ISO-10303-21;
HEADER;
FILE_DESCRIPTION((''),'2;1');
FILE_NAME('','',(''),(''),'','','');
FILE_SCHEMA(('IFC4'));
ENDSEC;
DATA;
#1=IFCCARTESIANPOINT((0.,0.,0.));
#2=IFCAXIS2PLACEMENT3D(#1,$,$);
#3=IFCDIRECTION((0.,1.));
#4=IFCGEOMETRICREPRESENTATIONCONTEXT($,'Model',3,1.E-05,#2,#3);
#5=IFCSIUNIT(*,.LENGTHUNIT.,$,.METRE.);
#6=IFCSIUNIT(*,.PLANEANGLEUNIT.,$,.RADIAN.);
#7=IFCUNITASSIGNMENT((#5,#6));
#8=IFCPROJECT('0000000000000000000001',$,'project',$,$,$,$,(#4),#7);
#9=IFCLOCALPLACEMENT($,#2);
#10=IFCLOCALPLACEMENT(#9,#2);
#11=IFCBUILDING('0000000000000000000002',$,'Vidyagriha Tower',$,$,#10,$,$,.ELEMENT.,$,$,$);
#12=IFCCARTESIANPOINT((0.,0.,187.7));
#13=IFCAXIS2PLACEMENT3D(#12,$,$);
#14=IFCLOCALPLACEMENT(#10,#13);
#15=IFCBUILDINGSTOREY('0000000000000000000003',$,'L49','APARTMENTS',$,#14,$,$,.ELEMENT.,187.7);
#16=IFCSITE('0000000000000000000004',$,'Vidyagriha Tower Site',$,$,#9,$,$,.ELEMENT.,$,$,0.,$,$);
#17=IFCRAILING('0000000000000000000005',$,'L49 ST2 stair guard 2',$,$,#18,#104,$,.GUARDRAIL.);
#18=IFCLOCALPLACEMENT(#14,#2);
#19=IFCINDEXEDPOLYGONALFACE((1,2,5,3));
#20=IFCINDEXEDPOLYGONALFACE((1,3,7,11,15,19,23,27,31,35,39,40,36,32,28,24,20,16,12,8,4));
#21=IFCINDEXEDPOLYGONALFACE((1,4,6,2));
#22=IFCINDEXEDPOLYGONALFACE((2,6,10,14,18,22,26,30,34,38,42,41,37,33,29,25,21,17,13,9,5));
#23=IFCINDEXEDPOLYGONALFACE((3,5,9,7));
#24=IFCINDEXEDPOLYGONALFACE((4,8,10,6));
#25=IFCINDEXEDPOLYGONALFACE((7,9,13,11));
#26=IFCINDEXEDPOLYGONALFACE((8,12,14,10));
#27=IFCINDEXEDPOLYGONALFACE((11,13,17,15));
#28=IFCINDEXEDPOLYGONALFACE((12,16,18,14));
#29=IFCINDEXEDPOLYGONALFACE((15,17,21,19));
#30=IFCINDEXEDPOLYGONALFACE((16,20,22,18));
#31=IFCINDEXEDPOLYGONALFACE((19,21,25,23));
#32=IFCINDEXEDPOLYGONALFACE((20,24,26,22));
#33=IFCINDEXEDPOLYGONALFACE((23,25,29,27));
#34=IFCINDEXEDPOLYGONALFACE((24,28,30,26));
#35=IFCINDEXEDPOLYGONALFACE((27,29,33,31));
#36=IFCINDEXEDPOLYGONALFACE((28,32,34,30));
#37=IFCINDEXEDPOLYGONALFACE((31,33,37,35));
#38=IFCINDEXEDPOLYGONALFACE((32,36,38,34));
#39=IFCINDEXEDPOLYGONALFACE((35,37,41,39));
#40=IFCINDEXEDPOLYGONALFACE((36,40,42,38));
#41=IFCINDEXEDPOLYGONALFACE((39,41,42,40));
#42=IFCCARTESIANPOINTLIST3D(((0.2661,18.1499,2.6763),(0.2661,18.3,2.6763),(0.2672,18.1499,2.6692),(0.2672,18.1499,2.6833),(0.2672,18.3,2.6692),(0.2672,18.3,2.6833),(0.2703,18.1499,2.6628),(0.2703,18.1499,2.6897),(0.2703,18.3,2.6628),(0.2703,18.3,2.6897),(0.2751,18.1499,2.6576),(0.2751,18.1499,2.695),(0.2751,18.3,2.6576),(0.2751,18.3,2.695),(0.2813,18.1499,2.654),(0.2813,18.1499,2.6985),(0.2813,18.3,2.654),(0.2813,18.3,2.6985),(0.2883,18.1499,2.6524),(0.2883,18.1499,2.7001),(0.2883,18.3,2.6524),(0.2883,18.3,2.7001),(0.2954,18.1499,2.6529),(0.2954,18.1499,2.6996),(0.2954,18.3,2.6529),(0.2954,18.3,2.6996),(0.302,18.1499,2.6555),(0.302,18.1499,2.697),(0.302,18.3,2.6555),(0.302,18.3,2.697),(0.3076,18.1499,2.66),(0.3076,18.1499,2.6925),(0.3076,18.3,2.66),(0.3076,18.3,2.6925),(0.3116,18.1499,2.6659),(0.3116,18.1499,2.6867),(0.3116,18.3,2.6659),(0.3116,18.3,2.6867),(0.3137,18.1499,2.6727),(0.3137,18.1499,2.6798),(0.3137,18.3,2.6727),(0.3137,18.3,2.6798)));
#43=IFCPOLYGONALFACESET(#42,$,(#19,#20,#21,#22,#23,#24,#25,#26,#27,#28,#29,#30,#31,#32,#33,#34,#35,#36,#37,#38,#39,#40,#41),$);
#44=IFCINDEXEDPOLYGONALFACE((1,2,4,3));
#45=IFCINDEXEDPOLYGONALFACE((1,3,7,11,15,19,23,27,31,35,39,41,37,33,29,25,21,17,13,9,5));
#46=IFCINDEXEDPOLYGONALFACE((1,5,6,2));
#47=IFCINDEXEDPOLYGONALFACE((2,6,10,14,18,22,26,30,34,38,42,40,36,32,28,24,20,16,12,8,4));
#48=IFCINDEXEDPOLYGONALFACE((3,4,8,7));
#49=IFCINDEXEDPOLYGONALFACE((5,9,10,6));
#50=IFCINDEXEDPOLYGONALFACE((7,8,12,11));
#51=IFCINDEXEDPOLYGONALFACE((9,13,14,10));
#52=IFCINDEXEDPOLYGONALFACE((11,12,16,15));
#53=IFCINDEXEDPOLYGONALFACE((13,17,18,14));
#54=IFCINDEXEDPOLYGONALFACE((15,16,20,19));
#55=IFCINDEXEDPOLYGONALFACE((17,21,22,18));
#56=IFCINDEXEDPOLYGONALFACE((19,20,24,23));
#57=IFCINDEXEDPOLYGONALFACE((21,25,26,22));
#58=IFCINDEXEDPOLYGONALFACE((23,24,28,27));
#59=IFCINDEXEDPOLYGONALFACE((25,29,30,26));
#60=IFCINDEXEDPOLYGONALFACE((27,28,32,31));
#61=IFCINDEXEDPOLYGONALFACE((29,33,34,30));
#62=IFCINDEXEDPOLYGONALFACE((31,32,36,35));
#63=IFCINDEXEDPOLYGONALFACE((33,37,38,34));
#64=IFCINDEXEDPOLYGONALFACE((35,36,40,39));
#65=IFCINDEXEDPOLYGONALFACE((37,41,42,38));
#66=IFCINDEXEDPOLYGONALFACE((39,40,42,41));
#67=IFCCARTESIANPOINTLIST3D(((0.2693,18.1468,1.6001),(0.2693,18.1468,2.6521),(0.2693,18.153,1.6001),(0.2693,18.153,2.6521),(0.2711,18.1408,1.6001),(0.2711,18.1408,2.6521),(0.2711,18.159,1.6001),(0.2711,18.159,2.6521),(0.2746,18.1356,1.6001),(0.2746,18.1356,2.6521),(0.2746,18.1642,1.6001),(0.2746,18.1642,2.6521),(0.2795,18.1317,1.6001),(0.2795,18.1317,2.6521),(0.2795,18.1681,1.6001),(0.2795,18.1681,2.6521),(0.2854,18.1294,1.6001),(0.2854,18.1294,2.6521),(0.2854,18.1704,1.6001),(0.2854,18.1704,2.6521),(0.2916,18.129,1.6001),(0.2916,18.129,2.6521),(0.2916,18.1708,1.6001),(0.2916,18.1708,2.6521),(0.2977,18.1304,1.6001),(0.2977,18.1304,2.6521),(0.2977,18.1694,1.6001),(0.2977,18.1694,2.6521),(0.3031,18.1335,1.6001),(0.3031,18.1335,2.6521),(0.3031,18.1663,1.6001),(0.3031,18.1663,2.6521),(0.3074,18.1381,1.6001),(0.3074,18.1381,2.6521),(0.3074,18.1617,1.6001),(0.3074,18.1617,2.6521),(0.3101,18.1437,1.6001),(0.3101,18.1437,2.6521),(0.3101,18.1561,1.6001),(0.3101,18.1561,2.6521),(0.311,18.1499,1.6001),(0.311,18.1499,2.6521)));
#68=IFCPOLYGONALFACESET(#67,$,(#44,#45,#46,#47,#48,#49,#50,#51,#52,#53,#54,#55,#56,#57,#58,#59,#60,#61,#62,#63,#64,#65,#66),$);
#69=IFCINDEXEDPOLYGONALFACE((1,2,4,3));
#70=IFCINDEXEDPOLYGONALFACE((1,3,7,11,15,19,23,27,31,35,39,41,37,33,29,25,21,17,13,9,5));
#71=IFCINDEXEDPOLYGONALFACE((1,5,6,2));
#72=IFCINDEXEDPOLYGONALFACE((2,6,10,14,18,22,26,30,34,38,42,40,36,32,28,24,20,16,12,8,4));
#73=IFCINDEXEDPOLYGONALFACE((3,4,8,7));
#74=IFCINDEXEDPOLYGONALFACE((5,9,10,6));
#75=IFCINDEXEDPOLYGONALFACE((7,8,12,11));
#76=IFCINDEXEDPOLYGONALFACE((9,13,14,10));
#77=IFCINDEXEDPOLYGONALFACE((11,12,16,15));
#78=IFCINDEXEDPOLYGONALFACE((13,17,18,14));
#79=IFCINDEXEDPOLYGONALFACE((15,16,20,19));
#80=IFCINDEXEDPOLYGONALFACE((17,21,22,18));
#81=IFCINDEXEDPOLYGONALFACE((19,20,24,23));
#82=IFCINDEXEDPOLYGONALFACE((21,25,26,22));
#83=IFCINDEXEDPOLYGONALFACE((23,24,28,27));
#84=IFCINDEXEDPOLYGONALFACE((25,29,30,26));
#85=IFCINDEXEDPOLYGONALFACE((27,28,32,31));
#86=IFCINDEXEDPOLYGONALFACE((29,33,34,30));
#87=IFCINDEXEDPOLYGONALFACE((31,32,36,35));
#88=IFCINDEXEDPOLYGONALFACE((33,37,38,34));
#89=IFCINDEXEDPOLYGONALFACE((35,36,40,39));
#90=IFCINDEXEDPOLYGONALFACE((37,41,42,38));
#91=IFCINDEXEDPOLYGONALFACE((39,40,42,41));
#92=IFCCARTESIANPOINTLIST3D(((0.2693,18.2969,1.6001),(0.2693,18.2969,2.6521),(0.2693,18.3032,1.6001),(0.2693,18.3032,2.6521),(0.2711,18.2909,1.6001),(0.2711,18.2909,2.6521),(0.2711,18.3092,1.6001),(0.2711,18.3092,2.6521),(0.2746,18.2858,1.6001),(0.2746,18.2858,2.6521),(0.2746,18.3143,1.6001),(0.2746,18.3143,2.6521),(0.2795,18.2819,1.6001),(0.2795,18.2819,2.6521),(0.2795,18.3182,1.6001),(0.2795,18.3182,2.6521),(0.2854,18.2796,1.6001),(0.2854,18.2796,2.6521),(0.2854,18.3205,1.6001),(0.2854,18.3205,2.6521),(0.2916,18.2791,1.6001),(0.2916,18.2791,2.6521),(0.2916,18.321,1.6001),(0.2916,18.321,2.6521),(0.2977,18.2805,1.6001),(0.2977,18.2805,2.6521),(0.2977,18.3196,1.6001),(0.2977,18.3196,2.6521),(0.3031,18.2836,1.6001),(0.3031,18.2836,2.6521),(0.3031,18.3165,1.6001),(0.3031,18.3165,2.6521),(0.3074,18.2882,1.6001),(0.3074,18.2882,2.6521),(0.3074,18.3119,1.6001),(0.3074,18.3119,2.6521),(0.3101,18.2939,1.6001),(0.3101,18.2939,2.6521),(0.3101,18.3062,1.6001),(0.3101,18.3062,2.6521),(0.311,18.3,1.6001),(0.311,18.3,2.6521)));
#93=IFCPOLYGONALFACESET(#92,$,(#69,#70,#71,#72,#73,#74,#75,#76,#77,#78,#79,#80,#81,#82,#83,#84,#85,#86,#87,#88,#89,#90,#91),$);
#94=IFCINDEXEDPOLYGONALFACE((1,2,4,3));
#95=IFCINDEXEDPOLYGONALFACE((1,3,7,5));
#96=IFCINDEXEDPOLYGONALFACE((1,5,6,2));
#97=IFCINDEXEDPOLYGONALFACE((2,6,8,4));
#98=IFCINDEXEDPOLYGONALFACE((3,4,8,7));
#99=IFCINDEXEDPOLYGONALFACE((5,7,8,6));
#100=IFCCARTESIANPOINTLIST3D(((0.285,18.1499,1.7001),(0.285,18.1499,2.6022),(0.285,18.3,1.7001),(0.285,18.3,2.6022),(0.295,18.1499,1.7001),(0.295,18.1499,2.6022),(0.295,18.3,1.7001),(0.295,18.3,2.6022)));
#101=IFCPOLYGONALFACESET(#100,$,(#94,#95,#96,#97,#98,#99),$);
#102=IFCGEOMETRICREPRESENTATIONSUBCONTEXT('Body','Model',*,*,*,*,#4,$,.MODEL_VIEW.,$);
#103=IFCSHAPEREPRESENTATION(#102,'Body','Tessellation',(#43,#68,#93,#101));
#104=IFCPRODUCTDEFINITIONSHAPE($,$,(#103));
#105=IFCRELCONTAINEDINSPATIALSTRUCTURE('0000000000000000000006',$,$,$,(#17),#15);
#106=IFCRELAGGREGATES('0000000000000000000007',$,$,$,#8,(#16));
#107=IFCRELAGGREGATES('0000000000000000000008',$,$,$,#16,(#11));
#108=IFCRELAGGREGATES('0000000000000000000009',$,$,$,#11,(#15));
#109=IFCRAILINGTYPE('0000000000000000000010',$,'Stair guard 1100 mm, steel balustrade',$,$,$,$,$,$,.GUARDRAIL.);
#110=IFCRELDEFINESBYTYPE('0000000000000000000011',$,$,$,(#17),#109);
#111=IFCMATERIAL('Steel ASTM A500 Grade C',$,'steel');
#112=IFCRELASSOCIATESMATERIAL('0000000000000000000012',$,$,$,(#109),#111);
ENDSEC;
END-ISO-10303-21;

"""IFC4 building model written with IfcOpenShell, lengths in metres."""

from ifc_helpers import new_model, si_unit, direction, frame, origin, origin_2d, place, context, subcontext, project, spatial, rectangle, circle, extrude, material, type_object, element, save


model = new_model("IFC4")

# Units and contexts
model_context = context("Model", 3, precision=1e-05, world=origin(), true_north=direction((0.0, 1.0)))
body_context = subcontext(model_context, "Body", "Model", "MODEL_VIEW")
ifc_project = project(units=[si_unit("LENGTHUNIT", "METRE"), si_unit("PLANEANGLEUNIT", "RADIAN")], contexts=[model_context])

# Site, building, storey
site_placement = place(None, origin())
site = spatial("IfcSite", under=ifc_project, at=site_placement, Name="Vidyagriha Tower Site", CompositionType="ELEMENT", RefElevation=0.0)
building_placement = place(site_placement, origin())
building = spatial("IfcBuilding", under=site, at=building_placement, Name="Vidyagriha Tower", CompositionType="ELEMENT")
storey_placement = place(building_placement, frame((0.0, 0.0, 187.7)))
storey = spatial("IfcBuildingStorey", under=building, at=storey_placement, Name="L49", Description="APARTMENTS", CompositionType="ELEMENT", Elevation=187.7)

# Railing
ifc_material_1 = material(Name="Steel ASTM A500 Grade C", Category="steel")
railing_type_1 = type_object("IfcRailingType", Name="Stair guard 1100 mm, steel balustrade", PredefinedType="GUARDRAIL", material=ifc_material_1)
railing_1_placement = place(storey_placement, frame((0.29, 18.1499, 1.6001)))
element("IfcRailing", 1, at=railing_1_placement, inside=storey, type_object=railing_type_1, Name="L49 ST2 stair guard 2", PredefinedType="GUARDRAIL", context=body_context, shape_type="SweptSolid", body=[
    extrude(circle(Radius=0.0239, at=origin_2d()), frame((0.0, 0.0, 1.0762), z_axis=(0.0, 1.0, 0.0), x_axis=(-1.0, 0.0, 0.0)), (0.0, 0.0, 1.0), 0.1501),
    extrude(circle(Radius=0.021, at=origin_2d()), origin(), (0.0, 0.0, 1.0), 1.052),
    extrude(circle(Radius=0.021, at=origin_2d()), frame((0.0, 0.1501, 0.0)), (0.0, 0.0, 1.0), 1.052),
    extrude(rectangle(XDim=0.01, YDim=0.9021, at=origin_2d()), frame((0.0, 0.0, 0.551), z_axis=(0.0, 1.0, 0.0), x_axis=(-1.0, 0.0, 0.0)), (0.0, 0.0, 1.0), 0.1501),
])

save(model, "model.ifc")
